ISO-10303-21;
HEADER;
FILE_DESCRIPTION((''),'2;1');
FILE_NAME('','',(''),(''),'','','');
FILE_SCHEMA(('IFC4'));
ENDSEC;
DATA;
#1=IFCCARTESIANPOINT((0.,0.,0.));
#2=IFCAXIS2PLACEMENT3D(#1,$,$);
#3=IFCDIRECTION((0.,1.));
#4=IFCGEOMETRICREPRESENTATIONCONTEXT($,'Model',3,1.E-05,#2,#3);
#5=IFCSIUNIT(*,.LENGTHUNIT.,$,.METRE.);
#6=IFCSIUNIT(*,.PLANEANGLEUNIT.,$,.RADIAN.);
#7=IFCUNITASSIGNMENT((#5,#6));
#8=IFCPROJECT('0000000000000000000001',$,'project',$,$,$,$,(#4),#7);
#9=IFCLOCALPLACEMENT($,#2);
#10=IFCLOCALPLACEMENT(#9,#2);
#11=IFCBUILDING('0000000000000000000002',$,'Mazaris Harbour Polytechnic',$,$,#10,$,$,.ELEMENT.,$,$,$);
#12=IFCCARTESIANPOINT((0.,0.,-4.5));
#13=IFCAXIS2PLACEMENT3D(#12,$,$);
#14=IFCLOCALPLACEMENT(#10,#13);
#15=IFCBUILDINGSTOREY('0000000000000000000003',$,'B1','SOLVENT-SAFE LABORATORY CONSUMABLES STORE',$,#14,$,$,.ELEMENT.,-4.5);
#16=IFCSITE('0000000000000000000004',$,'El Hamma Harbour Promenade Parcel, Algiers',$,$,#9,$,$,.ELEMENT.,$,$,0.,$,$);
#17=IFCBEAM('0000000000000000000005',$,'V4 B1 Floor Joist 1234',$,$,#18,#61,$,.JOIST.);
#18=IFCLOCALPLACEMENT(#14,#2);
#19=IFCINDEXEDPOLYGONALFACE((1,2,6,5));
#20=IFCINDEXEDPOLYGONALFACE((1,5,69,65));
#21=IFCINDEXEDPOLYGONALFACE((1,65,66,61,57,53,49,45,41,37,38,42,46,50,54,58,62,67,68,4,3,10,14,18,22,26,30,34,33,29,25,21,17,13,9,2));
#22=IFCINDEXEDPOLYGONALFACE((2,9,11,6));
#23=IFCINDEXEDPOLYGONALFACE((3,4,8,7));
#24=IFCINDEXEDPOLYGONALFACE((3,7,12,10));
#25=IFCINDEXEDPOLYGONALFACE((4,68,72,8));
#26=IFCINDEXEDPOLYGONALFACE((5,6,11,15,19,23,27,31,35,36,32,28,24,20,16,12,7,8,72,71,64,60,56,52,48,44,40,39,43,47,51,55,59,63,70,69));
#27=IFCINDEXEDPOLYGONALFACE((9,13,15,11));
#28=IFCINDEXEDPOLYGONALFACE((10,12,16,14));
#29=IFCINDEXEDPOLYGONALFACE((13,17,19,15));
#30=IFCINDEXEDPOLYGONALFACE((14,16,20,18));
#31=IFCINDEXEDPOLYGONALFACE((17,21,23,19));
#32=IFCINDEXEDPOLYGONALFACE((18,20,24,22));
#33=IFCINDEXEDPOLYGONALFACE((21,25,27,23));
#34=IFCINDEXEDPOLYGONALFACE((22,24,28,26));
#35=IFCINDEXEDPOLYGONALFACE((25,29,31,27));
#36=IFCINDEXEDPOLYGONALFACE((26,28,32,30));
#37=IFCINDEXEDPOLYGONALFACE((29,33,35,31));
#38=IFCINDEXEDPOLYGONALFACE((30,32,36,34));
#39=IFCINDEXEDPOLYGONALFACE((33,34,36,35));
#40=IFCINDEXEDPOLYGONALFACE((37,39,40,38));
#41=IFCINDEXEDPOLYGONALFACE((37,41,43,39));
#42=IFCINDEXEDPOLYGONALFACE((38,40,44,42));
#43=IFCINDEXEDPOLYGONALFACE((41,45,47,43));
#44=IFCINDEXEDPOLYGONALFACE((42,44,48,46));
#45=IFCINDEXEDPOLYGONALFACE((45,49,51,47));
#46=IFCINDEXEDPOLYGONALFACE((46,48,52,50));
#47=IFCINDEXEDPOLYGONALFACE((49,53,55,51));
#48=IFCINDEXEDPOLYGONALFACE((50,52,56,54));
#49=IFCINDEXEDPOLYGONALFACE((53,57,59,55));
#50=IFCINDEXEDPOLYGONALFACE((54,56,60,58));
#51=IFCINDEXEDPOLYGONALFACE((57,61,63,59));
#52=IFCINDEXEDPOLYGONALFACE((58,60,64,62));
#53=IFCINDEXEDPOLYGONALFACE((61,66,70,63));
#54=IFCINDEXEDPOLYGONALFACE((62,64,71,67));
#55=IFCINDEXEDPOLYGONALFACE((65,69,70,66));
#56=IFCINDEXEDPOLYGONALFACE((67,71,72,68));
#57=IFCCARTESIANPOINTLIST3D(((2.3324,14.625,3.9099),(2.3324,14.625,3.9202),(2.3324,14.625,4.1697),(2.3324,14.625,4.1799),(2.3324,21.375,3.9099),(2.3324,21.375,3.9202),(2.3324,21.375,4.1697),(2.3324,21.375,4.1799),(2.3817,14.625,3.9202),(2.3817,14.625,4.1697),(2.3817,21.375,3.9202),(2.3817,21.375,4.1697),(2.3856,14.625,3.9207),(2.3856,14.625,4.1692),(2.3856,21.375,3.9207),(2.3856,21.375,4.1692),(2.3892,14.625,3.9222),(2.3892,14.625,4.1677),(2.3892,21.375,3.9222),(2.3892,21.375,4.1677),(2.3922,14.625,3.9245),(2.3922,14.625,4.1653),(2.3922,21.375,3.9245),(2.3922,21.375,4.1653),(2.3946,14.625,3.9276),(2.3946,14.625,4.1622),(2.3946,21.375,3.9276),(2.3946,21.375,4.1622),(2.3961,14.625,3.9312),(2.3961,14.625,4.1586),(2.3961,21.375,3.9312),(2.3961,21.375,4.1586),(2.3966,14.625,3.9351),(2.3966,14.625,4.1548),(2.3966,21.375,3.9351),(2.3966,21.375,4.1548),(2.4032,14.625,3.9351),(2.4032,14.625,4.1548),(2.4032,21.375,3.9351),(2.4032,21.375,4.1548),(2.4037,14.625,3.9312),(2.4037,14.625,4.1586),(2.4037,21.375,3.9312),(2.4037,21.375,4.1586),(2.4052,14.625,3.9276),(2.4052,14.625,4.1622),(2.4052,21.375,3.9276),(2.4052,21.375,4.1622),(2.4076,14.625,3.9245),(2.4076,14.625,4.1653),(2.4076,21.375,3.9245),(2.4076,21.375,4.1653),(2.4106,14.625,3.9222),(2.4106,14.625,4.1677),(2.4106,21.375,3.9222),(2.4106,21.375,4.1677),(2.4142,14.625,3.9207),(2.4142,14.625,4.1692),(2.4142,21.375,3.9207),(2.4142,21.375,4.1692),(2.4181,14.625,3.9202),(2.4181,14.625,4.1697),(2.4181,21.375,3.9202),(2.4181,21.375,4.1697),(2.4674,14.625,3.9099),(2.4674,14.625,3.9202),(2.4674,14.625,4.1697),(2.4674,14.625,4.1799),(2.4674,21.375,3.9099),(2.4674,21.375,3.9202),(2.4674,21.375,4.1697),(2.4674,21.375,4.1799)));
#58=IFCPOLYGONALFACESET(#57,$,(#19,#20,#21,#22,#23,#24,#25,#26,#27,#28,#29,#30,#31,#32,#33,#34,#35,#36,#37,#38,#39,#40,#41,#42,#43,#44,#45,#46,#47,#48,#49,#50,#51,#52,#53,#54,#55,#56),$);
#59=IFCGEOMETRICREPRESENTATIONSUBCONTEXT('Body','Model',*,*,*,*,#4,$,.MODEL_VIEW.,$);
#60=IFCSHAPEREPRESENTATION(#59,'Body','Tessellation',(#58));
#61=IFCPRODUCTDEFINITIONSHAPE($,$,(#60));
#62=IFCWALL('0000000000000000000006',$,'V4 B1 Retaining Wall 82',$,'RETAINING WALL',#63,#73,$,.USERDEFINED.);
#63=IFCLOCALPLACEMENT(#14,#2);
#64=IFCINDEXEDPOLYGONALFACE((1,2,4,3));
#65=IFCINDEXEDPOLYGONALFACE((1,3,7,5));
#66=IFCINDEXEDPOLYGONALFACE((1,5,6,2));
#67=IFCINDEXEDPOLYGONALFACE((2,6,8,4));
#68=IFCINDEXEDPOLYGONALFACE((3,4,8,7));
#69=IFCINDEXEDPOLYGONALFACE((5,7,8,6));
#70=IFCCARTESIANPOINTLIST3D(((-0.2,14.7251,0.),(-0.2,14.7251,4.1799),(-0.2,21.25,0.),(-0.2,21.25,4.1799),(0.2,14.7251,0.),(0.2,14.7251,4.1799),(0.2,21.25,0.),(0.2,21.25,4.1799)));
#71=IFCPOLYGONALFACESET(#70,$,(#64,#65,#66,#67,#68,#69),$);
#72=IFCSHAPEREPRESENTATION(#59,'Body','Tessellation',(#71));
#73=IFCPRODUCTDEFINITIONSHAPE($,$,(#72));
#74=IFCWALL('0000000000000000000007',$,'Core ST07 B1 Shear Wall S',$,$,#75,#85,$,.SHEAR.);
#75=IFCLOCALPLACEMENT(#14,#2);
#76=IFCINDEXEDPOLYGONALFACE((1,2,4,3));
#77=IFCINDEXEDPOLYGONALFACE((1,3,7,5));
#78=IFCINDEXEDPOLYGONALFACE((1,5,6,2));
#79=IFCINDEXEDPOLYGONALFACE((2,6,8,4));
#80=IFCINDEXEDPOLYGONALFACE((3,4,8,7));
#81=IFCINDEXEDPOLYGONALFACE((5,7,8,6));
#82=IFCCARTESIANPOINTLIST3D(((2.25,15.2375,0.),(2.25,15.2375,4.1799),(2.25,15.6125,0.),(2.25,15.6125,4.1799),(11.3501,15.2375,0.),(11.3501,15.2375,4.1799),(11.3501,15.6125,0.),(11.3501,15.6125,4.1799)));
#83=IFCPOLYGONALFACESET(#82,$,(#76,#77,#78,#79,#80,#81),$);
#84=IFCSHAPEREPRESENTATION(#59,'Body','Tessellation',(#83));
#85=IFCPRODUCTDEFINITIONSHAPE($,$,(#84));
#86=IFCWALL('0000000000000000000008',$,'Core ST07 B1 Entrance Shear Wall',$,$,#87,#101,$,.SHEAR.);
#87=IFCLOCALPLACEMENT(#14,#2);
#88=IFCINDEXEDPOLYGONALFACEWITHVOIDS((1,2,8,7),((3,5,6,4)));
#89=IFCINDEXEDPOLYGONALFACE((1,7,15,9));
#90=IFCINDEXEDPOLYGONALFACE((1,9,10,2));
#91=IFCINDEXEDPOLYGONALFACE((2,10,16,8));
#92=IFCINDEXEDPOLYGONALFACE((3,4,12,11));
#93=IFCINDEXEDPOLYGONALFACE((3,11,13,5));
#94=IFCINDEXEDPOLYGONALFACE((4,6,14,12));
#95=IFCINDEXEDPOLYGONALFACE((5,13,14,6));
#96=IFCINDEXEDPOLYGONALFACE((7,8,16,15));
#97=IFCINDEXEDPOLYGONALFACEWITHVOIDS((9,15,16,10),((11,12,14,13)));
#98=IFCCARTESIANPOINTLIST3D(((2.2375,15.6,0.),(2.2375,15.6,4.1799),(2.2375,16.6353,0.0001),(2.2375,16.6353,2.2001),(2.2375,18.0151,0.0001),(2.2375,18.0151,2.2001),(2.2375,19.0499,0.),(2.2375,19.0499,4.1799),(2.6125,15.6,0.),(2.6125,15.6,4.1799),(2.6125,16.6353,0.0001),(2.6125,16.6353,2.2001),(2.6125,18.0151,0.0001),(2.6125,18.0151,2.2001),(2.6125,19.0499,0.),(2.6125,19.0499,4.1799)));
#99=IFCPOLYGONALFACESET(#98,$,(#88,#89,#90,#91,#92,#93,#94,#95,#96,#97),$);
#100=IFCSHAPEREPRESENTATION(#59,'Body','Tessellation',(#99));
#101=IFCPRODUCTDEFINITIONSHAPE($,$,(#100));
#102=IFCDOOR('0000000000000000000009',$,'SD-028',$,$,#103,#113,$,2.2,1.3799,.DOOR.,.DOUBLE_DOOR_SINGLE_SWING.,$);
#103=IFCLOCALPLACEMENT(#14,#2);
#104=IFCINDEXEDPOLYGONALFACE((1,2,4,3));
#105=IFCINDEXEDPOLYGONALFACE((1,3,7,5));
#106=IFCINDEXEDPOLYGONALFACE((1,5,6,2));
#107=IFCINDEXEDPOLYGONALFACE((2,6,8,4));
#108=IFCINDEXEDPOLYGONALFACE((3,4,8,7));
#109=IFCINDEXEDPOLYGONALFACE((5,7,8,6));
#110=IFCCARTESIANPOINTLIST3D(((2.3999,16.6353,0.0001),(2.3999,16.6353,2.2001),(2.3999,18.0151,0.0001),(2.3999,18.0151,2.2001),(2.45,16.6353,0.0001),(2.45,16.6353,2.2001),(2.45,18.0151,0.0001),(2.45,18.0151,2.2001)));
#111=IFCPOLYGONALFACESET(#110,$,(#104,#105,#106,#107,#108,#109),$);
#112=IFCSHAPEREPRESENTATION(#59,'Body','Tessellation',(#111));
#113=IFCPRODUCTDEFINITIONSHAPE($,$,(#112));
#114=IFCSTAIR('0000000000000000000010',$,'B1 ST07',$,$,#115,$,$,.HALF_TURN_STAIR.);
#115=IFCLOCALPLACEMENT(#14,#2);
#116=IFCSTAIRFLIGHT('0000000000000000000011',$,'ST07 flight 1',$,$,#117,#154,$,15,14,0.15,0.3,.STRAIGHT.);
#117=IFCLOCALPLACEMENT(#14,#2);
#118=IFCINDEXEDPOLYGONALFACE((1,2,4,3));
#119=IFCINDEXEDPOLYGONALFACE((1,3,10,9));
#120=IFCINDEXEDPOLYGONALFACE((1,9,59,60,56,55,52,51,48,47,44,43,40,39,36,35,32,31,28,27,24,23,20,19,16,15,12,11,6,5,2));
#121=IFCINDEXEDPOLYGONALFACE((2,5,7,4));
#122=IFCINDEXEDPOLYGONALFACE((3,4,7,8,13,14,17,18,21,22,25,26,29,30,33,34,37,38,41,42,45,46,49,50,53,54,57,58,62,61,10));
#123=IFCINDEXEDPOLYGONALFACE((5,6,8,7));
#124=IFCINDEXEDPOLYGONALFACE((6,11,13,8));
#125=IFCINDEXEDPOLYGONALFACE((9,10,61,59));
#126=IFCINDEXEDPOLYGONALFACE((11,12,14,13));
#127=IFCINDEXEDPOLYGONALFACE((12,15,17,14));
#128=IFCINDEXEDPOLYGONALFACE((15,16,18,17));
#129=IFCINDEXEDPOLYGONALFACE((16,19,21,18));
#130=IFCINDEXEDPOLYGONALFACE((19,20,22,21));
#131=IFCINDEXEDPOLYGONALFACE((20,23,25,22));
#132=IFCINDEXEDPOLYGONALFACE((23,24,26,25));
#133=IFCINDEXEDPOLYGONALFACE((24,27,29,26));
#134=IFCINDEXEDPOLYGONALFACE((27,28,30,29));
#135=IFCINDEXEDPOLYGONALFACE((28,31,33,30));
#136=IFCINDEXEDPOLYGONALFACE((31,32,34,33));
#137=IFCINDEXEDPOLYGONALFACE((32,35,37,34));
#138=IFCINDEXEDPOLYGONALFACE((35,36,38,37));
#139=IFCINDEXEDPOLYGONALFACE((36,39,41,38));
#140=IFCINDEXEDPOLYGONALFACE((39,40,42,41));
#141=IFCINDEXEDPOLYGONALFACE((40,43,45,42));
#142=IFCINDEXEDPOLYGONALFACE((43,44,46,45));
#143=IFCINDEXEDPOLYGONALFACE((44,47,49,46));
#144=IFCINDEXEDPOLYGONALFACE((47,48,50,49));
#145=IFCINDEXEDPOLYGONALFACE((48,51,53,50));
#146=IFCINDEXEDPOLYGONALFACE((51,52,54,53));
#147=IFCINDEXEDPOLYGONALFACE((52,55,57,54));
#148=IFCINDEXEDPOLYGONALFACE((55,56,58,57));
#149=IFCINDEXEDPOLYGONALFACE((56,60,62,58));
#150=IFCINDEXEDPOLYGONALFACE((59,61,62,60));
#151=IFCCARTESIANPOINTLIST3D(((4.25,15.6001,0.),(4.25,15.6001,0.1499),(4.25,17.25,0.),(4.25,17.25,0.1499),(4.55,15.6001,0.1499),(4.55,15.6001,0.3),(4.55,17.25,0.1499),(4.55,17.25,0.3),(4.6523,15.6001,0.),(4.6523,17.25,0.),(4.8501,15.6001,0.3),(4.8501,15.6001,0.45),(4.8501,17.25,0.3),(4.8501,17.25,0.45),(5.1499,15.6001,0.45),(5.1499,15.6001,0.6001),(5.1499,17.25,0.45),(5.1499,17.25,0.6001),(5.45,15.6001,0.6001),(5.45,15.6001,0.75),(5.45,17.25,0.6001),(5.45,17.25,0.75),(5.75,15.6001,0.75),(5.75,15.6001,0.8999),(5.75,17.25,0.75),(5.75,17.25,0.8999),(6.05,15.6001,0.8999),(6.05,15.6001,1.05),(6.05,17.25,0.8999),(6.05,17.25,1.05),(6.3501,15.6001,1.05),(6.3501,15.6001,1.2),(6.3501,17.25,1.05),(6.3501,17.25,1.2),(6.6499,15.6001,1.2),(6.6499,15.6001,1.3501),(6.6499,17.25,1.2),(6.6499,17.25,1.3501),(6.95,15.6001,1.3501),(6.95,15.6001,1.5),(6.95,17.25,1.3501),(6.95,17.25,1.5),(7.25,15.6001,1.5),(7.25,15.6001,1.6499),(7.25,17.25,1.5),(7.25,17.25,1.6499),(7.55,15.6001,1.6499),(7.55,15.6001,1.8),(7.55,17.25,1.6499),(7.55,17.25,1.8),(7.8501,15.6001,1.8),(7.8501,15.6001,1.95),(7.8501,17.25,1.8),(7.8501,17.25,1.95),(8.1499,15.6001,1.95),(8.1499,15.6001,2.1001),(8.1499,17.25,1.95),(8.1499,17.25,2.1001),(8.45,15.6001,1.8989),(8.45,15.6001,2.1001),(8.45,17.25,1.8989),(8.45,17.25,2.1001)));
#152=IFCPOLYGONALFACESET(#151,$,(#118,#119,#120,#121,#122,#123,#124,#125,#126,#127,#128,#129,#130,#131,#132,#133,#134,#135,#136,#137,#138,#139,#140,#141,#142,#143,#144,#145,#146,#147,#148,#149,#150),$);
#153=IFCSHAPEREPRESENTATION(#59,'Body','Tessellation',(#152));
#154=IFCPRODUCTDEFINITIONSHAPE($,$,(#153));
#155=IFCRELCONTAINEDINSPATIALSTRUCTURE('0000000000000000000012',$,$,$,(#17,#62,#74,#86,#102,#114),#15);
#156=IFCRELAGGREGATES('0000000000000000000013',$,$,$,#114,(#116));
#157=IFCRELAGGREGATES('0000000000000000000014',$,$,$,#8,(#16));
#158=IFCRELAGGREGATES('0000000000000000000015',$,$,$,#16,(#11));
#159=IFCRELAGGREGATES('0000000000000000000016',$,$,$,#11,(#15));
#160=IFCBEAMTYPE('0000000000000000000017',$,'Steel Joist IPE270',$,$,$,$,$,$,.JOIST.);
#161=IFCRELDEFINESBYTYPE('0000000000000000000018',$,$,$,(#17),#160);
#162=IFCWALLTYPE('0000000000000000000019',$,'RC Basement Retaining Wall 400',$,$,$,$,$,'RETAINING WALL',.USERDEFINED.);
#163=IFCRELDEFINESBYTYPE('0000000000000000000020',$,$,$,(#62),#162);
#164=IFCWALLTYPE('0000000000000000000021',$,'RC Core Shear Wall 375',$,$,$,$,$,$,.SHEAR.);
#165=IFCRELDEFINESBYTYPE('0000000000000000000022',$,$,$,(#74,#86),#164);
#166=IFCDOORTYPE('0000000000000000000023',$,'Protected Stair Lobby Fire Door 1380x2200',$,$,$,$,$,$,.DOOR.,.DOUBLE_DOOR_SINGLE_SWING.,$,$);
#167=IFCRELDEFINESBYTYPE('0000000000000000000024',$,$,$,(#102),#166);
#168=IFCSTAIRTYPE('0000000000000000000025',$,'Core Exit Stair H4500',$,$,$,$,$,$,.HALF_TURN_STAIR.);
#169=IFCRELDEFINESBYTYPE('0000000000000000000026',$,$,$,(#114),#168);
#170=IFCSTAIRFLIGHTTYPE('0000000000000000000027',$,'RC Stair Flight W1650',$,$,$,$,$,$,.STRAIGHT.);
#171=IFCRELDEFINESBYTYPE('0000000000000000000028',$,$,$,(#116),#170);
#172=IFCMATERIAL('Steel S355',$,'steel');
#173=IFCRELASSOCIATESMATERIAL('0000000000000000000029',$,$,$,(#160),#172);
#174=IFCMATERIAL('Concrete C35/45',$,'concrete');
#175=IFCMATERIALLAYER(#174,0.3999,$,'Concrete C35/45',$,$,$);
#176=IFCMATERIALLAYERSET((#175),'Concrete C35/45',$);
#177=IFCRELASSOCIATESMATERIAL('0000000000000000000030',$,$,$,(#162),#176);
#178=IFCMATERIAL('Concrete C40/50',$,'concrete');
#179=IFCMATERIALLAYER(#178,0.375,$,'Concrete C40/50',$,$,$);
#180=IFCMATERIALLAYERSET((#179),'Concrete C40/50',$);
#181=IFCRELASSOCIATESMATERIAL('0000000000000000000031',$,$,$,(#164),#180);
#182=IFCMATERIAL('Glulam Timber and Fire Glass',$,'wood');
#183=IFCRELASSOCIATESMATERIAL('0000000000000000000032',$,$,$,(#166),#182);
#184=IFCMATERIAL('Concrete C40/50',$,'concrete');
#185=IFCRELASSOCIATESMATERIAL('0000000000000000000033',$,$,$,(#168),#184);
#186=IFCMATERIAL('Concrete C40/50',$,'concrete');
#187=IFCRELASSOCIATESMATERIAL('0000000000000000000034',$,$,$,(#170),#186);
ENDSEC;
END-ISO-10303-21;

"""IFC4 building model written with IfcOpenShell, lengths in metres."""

from ifc_helpers import new_model, si_unit, direction, frame, frame_2d, origin, origin_2d, place, context, subcontext, project, spatial, polyline, rectangle, i_section, outline, extrude, material, layer, layer_set, material_profile, profile_set, type_object, element, fill, aggregate, save


model = new_model("IFC4")

# Units and contexts
model_context = context("Model", 3, precision=1e-05, world=origin(), true_north=direction((0.0, 1.0)))
body_context = subcontext(model_context, "Body", "Model", "MODEL_VIEW")
ifc_project = project(units=[si_unit("LENGTHUNIT", "METRE"), si_unit("PLANEANGLEUNIT", "RADIAN")], contexts=[model_context])

# Site, building, storey
site_placement = place(None, origin())
site = spatial("IfcSite", under=ifc_project, at=site_placement, Name="El Hamma Harbour Promenade Parcel, Algiers", CompositionType="ELEMENT", RefElevation=0.0)
building_placement = place(site_placement, origin())
building = spatial("IfcBuilding", under=site, at=building_placement, Name="Mazaris Harbour Polytechnic", CompositionType="ELEMENT")
storey_placement = place(building_placement, frame((0.0, 0.0, -4.5)))
storey = spatial("IfcBuildingStorey", under=building, at=storey_placement, Name="B1", Description="SOLVENT-SAFE LABORATORY CONSUMABLES STORE", CompositionType="ELEMENT", Elevation=-4.5)

# Beam
ifc_material_1 = material(Name="Steel S355", Category="steel")
ifc_material_profile_1 = material_profile(ifc_material_1, i_section(OverallWidth=0.135, OverallDepth=0.27, WebThickness=0.0066, FlangeThickness=0.0103, FilletRadius=0.0149, at=origin_2d()), Name="IPE 270")
ifc_profile_set_1 = profile_set([ifc_material_profile_1], Name="Steel S355")
beam_type_1 = type_object("IfcBeamType", Name="Steel Joist IPE270", PredefinedType="JOIST", material=ifc_profile_set_1)
beam_1_placement = place(storey_placement, frame((2.3999, 14.625, 4.0449), z_axis=(0.0, 1.0, 0.0), x_axis=(-1.0, 0.0, 0.0)))
element("IfcBeam", 1, at=beam_1_placement, inside=storey, type_object=beam_type_1, Name="V4 B1 Floor Joist 1234", PredefinedType="JOIST", context=body_context, shape_type="SweptSolid", body=[
    extrude(i_section(OverallWidth=0.135, OverallDepth=0.27, WebThickness=0.0066, FlangeThickness=0.0103, FilletRadius=0.0149, at=origin_2d()), origin(), (0.0, 0.0, 1.0), 6.75),
])

# Walls
ifc_material_2 = material(Name="Concrete C35/45", Category="concrete")
ifc_layer_1 = layer(ifc_material_2, 0.3999, Name="Concrete C35/45")
ifc_layer_set_1 = layer_set([ifc_layer_1], Name="Concrete C35/45")
wall_type_1 = type_object("IfcWallType", Name="RC Basement Retaining Wall 400", ElementType="RETAINING WALL", PredefinedType="USERDEFINED", material=ifc_layer_set_1)
wall_1_placement = place(storey_placement, frame((0.0, 14.7251, 0.0), z_axis=(0.0, 0.0, 1.0), x_axis=(0.0, 1.0, 0.0)))
element("IfcWall", 2, at=wall_1_placement, inside=storey, type_object=wall_type_1, Name="V4 B1 Retaining Wall 82", ObjectType="RETAINING WALL", PredefinedType="USERDEFINED", context=body_context, shape_type="SweptSolid", body=[
    extrude(rectangle(XDim=6.5249, YDim=0.3999, at=frame_2d((3.2625, 0.0))), origin(), (0.0, 0.0, 1.0), 4.1799),
])
ifc_material_3 = material(Name="Concrete C40/50", Category="concrete")
ifc_layer_2 = layer(ifc_material_3, 0.375, Name="Concrete C40/50")
ifc_layer_set_2 = layer_set([ifc_layer_2], Name="Concrete C40/50")
wall_type_2 = type_object("IfcWallType", Name="RC Core Shear Wall 375", PredefinedType="SHEAR", material=ifc_layer_set_2)
wall_2_placement = place(storey_placement, frame((2.25, 15.425, 0.0), z_axis=(0.0, 0.0, 1.0), x_axis=(1.0, 0.0, 0.0)))
element("IfcWall", 3, at=wall_2_placement, inside=storey, type_object=wall_type_2, Name="Core ST07 B1 Shear Wall S", PredefinedType="SHEAR", context=body_context, shape_type="SweptSolid", body=[
    extrude(rectangle(XDim=9.1001, YDim=0.375, at=frame_2d((4.55, 0.0))), origin(), (0.0, 0.0, 1.0), 4.1799),
])

# Wall, opening, door
wall_3_placement = place(storey_placement, frame((2.425, 19.05, 0.0), z_axis=(0.0, 0.0, 1.0), x_axis=(0.0, -1.0, 0.0)))
wall_3 = element("IfcWall", 4, at=wall_3_placement, inside=storey, type_object=wall_type_2, Name="Core ST07 B1 Entrance Shear Wall", PredefinedType="SHEAR", context=body_context, shape_type="SweptSolid", body=[
    extrude(rectangle(XDim=3.45, YDim=0.375, at=frame_2d((1.7251, 0.0))), origin(), (0.0, 0.0, 1.0), 4.1799),
])
opening_placement = place(wall_3_placement, frame((1.0349, 0.0, 0.0)))
opening = element("IfcOpeningElement", 5, at=opening_placement, cuts=wall_3, PredefinedType="OPENING", context=body_context, shape_type="SweptSolid", body=[
    extrude(rectangle(XDim=1.3799, YDim=2.2, at=frame_2d((0.6899, 1.1001))), frame((0.0, 0.1975, 0.0), z_axis=(0.0, -1.0, 0.0), x_axis=(1.0, 0.0, 0.0)), (0.0, 0.0, 1.0), 0.395),
])
ifc_material_4 = material(Name="Glulam Timber and Fire Glass", Category="wood")
door_type = type_object("IfcDoorType", Name="Protected Stair Lobby Fire Door 1380x2200", OperationType="DOUBLE_DOOR_SINGLE_SWING", PredefinedType="DOOR", material=ifc_material_4)
door_placement = place(opening_placement, origin())
door = element("IfcDoor", 6, at=door_placement, inside=storey, type_object=door_type, Name="SD-028", OperationType="DOUBLE_DOOR_SINGLE_SWING", OverallHeight=2.2, OverallWidth=1.3799, PredefinedType="DOOR", context=body_context, shape_type="SweptSolid", body=[
    extrude(rectangle(XDim=1.3799, YDim=2.2, at=frame_2d((0.6899, 1.1001))), frame((0.0, 0.0249, 0.0), z_axis=(0.0, -1.0, 0.0), x_axis=(1.0, 0.0, 0.0)), (0.0, 0.0, 1.0), 0.05),
])
fill(opening, door)

# Stair, stair flight
ifc_material_5 = material(Name="Concrete C40/50", Category="concrete")
stair_type = type_object("IfcStairType", Name="Core Exit Stair H4500", PredefinedType="HALF_TURN_STAIR", material=ifc_material_5)
stair_placement = place(storey_placement, origin())
stair = element("IfcStair", 7, at=stair_placement, inside=storey, type_object=stair_type, Name="B1 ST07", PredefinedType="HALF_TURN_STAIR")
ifc_material_6 = material(Name="Concrete C40/50", Category="concrete")
stair_flight_type = type_object("IfcStairFlightType", Name="RC Stair Flight W1650", PredefinedType="STRAIGHT", material=ifc_material_6)
stair_flight_placement = place(storey_placement, frame((4.25, 16.425, 0.0), z_axis=(0.0, 0.0, 1.0), x_axis=(1.0, 0.0, 0.0)))
stair_flight = element("IfcStairFlight", 8, at=stair_flight_placement, type_object=stair_flight_type, Name="ST07 flight 1", NumberOfRisers=15, NumberOfTreads=14, PredefinedType="STRAIGHT", RiserHeight=0.15, TreadLength=0.3, context=body_context, shape_type="SweptSolid", body=[
    extrude(outline(polyline([(0.0, 0.0), (0.0, 0.1499), (0.3, 0.1499), (0.3, 0.3), (0.6001, 0.3), (0.6001, 0.45), (0.8999, 0.45), (0.8999, 0.6001), (1.2, 0.6001), (1.2, 0.75), (1.5, 0.75), (1.5, 0.8999), (1.8, 0.8999), (1.8, 1.05), (2.1001, 1.05), (2.1001, 1.2), (2.3999, 1.2), (2.3999, 1.3501), (2.7, 1.3501), (2.7, 1.5), (3.0, 1.5), (3.0, 1.6499), (3.3, 1.6499), (3.3, 1.8), (3.6001, 1.8), (3.6001, 1.95), (3.8999, 1.95), (3.8999, 2.1001), (4.2, 2.1001), (4.2, 2.25), (4.2, 1.8989), (0.4023, 0.0), (0.0, 0.0)])), frame((0.0, 0.825, 0.0), z_axis=(0.0, -1.0, 0.0), x_axis=(1.0, 0.0, 0.0)), (0.0, 0.0, 1.0), 1.6499),
])
aggregate(stair, [stair_flight])

save(model, "model.ifc")
